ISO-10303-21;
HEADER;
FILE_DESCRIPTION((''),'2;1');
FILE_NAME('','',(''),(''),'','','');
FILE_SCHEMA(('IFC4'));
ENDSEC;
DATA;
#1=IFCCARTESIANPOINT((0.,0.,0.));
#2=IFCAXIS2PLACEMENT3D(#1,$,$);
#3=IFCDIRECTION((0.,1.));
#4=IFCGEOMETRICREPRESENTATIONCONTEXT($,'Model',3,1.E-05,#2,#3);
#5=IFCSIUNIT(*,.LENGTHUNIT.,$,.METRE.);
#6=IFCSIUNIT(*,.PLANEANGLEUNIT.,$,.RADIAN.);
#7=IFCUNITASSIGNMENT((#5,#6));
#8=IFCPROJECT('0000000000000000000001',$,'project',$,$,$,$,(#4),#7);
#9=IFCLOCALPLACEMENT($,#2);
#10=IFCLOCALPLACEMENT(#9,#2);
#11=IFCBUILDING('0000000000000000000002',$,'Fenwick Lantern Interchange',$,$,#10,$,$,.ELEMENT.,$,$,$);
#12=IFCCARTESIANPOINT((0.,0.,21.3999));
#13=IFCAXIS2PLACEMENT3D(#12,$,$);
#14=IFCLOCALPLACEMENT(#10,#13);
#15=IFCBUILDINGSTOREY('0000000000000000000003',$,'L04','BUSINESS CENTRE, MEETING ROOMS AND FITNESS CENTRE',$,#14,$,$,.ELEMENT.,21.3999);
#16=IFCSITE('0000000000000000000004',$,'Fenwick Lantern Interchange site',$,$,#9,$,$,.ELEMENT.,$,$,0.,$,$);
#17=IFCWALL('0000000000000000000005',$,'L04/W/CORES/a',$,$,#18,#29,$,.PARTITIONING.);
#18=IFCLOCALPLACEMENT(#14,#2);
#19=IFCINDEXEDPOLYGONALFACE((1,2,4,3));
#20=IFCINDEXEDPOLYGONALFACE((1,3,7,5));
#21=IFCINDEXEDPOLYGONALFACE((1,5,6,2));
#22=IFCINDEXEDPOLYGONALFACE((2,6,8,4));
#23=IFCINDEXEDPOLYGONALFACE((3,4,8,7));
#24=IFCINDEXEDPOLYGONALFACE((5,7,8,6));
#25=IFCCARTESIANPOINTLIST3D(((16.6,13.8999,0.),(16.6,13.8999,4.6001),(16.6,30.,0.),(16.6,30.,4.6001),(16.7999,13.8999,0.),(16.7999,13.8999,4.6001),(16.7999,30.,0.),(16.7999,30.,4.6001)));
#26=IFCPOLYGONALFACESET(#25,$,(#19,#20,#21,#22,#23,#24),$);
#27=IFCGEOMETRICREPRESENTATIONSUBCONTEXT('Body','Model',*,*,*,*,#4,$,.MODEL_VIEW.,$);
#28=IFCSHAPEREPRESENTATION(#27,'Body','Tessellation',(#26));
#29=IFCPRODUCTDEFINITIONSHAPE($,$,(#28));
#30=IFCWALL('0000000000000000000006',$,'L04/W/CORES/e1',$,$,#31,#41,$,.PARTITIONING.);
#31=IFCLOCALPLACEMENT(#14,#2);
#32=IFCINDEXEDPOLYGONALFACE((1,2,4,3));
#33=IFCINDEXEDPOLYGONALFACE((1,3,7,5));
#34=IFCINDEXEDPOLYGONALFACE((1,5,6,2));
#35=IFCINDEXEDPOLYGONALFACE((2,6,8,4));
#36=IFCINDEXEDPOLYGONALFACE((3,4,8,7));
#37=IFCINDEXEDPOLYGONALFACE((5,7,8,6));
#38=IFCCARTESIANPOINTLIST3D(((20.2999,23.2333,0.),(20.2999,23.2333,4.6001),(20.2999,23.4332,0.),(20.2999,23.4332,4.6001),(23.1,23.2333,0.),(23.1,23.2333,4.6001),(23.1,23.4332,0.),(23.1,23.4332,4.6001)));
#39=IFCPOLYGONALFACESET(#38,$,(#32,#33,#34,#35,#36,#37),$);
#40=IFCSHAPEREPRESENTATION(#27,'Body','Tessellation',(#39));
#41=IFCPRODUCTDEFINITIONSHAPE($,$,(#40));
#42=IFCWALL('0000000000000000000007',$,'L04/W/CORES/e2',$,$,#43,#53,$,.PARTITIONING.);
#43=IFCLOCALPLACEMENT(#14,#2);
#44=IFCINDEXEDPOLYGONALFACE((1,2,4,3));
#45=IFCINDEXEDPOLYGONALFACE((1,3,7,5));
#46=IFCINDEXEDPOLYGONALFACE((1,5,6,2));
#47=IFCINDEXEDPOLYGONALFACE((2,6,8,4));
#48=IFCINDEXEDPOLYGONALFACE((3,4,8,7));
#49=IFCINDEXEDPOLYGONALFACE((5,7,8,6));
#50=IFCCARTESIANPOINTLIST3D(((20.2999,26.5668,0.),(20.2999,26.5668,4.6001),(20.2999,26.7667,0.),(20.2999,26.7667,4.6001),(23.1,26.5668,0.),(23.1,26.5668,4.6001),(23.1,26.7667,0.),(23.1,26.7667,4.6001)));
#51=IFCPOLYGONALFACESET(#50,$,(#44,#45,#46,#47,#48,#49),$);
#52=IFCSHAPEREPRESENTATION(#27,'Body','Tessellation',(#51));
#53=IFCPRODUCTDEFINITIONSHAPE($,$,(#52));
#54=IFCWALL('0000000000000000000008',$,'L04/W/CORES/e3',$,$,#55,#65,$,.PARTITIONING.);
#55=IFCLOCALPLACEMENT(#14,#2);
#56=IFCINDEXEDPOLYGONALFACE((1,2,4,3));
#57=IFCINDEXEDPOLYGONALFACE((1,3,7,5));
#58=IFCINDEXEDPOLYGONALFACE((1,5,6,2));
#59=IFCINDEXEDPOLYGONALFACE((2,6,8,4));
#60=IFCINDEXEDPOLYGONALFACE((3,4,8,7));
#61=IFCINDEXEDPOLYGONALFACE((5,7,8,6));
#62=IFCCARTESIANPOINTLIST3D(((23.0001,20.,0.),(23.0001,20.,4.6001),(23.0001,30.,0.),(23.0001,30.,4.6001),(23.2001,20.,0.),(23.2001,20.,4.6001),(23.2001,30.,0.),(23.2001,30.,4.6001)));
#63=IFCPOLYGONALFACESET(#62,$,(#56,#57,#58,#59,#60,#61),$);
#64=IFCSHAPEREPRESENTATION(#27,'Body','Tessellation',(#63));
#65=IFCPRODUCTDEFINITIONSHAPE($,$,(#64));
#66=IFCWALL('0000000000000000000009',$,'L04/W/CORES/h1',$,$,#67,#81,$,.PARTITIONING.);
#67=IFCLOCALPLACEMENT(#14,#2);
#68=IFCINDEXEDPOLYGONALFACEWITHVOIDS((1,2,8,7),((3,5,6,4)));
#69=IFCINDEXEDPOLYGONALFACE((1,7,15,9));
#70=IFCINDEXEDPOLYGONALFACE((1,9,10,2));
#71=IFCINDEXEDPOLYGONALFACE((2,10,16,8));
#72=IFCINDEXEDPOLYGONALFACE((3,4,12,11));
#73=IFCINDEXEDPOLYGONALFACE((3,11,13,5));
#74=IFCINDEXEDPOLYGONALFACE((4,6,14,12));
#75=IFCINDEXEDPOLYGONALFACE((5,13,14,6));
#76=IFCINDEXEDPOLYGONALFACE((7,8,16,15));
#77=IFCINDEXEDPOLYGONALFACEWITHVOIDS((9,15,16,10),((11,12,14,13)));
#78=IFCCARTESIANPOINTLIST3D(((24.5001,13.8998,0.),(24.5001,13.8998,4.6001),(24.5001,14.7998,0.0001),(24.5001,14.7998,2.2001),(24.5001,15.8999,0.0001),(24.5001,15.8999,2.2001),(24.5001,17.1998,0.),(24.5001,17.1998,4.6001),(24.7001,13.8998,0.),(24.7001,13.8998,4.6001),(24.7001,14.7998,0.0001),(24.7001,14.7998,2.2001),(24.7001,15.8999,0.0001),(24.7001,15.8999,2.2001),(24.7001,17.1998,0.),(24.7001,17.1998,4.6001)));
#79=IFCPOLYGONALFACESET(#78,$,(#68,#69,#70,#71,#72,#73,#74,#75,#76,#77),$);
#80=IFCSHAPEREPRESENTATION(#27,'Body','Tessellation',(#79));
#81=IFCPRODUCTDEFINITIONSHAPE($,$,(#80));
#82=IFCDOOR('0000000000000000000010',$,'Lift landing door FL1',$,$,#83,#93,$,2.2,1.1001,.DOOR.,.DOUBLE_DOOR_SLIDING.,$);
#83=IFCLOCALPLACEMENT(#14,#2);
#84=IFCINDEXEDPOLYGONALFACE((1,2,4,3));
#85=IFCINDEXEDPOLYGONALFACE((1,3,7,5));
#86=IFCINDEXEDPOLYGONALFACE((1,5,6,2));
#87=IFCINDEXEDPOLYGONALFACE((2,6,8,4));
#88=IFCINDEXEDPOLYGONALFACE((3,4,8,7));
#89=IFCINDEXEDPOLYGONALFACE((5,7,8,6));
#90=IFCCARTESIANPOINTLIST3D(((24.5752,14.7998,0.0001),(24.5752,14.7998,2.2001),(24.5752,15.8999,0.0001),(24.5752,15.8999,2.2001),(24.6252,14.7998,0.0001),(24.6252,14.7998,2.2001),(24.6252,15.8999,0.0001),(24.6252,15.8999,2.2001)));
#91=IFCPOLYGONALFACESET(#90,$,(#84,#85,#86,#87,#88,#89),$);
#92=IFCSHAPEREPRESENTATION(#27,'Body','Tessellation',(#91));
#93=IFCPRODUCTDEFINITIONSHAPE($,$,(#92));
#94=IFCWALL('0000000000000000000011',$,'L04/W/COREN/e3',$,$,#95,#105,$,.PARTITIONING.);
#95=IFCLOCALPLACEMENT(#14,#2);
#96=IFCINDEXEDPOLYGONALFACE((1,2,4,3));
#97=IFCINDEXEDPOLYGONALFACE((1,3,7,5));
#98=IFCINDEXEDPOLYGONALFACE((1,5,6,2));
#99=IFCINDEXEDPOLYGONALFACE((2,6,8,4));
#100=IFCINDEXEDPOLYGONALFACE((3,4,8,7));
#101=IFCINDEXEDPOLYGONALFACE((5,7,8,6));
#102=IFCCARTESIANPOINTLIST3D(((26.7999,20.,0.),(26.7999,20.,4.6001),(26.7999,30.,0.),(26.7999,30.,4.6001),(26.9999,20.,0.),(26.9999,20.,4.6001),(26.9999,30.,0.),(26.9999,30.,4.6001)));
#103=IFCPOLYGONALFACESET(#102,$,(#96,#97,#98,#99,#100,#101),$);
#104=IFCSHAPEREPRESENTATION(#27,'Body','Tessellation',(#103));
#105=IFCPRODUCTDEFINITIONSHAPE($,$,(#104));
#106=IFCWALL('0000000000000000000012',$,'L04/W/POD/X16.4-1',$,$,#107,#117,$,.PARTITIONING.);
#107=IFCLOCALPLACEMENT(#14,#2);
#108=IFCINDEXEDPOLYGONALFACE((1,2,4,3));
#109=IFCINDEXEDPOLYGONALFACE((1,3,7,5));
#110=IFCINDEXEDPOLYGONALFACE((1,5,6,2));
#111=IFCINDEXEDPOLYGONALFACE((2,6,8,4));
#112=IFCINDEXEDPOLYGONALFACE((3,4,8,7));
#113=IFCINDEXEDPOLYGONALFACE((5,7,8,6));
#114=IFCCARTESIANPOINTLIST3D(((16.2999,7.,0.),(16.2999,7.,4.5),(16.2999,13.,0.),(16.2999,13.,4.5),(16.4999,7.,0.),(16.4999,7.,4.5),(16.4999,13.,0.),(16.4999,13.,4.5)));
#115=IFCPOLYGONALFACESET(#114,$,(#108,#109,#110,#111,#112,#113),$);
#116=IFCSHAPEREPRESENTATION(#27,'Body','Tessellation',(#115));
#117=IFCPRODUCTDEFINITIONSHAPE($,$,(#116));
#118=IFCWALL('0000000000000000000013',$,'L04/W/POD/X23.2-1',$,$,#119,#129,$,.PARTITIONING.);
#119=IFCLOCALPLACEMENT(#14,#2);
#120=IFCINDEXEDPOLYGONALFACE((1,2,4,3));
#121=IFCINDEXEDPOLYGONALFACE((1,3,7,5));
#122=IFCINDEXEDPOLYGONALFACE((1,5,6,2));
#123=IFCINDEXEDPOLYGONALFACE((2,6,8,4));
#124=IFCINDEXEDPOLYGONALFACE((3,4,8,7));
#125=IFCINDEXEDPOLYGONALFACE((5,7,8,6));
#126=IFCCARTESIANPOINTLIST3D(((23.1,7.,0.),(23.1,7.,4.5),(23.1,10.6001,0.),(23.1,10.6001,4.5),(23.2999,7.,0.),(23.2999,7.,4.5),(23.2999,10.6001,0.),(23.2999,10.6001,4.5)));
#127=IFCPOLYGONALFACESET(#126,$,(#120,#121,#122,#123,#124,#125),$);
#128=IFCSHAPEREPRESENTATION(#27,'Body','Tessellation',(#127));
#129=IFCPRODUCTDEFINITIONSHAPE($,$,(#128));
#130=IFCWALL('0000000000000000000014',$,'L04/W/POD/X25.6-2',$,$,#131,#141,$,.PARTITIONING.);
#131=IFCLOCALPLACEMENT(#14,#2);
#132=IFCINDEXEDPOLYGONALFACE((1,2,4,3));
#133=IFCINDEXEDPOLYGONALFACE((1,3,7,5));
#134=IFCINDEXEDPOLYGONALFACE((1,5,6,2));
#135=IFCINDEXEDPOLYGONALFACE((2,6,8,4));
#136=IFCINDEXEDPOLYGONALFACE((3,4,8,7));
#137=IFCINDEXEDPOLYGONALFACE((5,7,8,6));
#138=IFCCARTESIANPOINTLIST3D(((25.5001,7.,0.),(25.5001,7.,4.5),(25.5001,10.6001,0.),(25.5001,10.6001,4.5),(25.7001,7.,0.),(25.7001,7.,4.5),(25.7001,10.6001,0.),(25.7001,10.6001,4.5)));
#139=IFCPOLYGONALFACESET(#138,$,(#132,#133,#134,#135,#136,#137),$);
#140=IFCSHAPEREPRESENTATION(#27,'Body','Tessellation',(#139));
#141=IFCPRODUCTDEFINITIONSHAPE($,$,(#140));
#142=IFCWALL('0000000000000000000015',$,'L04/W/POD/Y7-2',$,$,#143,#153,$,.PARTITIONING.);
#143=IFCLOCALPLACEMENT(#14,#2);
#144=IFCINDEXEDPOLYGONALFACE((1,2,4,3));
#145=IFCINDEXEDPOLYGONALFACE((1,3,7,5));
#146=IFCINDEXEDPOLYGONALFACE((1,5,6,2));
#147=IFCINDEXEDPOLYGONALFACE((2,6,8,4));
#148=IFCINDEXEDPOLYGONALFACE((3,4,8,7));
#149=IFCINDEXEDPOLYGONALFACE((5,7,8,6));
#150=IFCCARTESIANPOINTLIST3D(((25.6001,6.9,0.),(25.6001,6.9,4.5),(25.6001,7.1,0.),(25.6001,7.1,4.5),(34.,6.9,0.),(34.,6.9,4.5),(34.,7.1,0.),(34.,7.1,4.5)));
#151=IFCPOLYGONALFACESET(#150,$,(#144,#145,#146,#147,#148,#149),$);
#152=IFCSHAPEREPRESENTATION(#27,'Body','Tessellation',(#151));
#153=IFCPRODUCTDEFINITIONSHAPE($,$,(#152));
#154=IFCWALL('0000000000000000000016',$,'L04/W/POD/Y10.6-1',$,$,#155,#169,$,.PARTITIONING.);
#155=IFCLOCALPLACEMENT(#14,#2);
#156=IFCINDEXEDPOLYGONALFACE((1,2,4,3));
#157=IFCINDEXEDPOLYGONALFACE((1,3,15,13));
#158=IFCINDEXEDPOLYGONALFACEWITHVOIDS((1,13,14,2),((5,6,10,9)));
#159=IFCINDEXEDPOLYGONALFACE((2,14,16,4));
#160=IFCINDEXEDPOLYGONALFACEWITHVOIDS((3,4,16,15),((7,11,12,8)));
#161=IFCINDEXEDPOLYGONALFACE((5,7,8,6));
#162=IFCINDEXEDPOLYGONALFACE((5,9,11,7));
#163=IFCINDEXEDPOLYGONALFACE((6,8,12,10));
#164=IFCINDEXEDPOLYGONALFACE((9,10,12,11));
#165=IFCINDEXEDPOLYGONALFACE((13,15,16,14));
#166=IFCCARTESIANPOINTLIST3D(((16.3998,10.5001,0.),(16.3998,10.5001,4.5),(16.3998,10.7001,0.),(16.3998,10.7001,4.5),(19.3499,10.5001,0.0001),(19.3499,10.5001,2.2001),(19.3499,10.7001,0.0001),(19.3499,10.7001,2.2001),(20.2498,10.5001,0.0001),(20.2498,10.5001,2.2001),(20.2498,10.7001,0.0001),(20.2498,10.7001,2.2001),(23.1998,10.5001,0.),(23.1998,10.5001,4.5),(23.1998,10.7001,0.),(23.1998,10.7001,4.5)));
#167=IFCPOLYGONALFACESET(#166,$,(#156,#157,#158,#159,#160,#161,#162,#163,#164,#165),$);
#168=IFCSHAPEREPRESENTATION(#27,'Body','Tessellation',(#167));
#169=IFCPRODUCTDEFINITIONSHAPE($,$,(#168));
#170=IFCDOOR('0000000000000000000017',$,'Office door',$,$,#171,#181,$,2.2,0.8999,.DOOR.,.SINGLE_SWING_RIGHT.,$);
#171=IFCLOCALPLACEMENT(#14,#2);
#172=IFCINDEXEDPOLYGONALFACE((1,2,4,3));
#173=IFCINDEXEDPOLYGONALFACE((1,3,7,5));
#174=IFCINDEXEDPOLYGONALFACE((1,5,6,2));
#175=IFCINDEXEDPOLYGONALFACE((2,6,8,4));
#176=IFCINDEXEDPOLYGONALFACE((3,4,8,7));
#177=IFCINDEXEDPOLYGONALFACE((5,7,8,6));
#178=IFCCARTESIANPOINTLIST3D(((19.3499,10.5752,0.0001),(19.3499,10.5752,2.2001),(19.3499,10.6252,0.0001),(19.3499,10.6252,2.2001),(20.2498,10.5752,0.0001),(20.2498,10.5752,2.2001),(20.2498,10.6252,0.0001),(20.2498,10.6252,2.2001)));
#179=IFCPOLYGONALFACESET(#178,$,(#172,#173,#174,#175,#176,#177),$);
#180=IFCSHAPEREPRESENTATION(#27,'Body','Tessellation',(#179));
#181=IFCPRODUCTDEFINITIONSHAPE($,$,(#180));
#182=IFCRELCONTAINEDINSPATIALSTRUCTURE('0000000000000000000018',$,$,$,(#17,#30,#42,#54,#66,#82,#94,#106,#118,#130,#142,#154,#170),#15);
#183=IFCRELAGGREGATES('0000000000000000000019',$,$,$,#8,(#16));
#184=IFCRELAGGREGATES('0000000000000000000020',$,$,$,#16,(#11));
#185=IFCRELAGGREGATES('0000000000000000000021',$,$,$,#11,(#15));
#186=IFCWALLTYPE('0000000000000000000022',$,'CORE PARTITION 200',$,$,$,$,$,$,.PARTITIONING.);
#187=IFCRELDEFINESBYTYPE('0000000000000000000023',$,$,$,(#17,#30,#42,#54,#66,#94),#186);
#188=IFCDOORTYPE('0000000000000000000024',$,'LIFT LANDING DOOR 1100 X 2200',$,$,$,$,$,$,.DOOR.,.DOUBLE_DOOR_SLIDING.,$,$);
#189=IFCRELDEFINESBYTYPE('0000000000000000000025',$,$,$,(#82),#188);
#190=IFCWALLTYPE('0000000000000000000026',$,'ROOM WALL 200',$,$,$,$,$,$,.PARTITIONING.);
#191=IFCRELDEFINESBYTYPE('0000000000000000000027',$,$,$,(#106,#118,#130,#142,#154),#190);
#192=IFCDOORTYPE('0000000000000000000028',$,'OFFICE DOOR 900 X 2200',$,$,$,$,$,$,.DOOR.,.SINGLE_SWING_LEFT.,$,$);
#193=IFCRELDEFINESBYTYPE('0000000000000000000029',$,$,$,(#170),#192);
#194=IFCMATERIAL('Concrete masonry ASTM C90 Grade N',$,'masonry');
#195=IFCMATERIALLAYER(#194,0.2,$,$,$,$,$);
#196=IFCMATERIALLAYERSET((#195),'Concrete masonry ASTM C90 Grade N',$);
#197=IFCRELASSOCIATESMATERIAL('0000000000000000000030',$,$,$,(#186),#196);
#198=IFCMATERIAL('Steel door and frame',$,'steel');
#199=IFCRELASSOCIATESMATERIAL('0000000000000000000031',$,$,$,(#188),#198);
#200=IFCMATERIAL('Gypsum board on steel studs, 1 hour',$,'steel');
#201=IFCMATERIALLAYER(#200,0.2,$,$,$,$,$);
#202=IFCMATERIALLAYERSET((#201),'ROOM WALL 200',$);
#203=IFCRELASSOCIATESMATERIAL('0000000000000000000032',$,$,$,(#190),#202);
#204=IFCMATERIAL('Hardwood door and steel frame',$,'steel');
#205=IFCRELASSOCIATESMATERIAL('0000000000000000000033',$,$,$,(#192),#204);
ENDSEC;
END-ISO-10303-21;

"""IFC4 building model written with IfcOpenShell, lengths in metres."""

from ifc_helpers import new_model, si_unit, direction, frame, frame_2d, origin, place, context, subcontext, project, spatial, rectangle, extrude, material, layer, layer_set, type_object, element, fill, save


model = new_model("IFC4")

# Units and contexts
model_context = context("Model", 3, precision=1e-05, world=origin(), true_north=direction((0.0, 1.0)))
body_context = subcontext(model_context, "Body", "Model", "MODEL_VIEW")
ifc_project = project(units=[si_unit("LENGTHUNIT", "METRE"), si_unit("PLANEANGLEUNIT", "RADIAN")], contexts=[model_context])

# Site, building, storey
site_placement = place(None, origin())
site = spatial("IfcSite", under=ifc_project, at=site_placement, Name="Fenwick Lantern Interchange site", CompositionType="ELEMENT", RefElevation=0.0)
building_placement = place(site_placement, origin())
building = spatial("IfcBuilding", under=site, at=building_placement, Name="Fenwick Lantern Interchange", CompositionType="ELEMENT")
storey_placement = place(building_placement, frame((0.0, 0.0, 21.3999)))
storey = spatial("IfcBuildingStorey", under=building, at=storey_placement, Name="L04", Description="BUSINESS CENTRE, MEETING ROOMS AND FITNESS CENTRE", CompositionType="ELEMENT", Elevation=21.3999)

# Walls
ifc_material_1 = material(Name="Concrete masonry ASTM C90 Grade N", Category="masonry")
ifc_layer_1 = layer(ifc_material_1, 0.2)
ifc_layer_set_1 = layer_set([ifc_layer_1], Name="Concrete masonry ASTM C90 Grade N")
wall_type_1 = type_object("IfcWallType", Name="CORE PARTITION 200", PredefinedType="PARTITIONING", material=ifc_layer_set_1)
wall_1_placement = place(storey_placement, frame((16.7, 13.8999, 0.0), z_axis=(0.0, 0.0, 1.0), x_axis=(0.0, 1.0, 0.0)))
element("IfcWall", 1, at=wall_1_placement, inside=storey, type_object=wall_type_1, Name="L04/W/CORES/a", PredefinedType="PARTITIONING", context=body_context, shape_type="SweptSolid", body=[
    extrude(rectangle(XDim=16.1001, YDim=0.2, at=frame_2d((8.05, 0.0))), origin(), (0.0, 0.0, 1.0), 4.6001),
])
for number, where, z_axis, x_axis, name in (
    (2, (20.3, 23.3333, 0.0), (0.0, 0.0, 1.0), (1.0, 0.0, 0.0), "L04/W/CORES/e1"),
    (3, (20.3, 26.6667, 0.0), (0.0, 0.0, 1.0), (1.0, 0.0, 0.0), "L04/W/CORES/e2"),
):
    element("IfcWall", number, at=place(storey_placement, frame(where, z_axis=z_axis, x_axis=x_axis)), inside=storey, type_object=wall_type_1, Name=name, PredefinedType="PARTITIONING", context=body_context, shape_type="SweptSolid", body=[
        extrude(rectangle(XDim=2.8, YDim=0.2, at=frame_2d((1.3999, 0.0))), origin(), (0.0, 0.0, 1.0), 4.6001),
    ])
wall_2_placement = place(storey_placement, frame((23.1001, 20.0, 0.0), z_axis=(0.0, 0.0, 1.0), x_axis=(0.0, 1.0, 0.0)))
element("IfcWall", 4, at=wall_2_placement, inside=storey, type_object=wall_type_1, Name="L04/W/CORES/e3", PredefinedType="PARTITIONING", context=body_context, shape_type="SweptSolid", body=[
    extrude(rectangle(XDim=10.0, YDim=0.2, at=frame_2d((5.0, 0.0))), origin(), (0.0, 0.0, 1.0), 4.6001),
])

# Wall, opening, door
wall_3_placement = place(storey_placement, frame((24.6001, 13.8999, 0.0), z_axis=(0.0, 0.0, 1.0), x_axis=(0.0, 1.0, 0.0)))
wall_3 = element("IfcWall", 5, at=wall_3_placement, inside=storey, type_object=wall_type_1, Name="L04/W/CORES/h1", PredefinedType="PARTITIONING", context=body_context, shape_type="SweptSolid", body=[
    extrude(rectangle(XDim=3.3, YDim=0.2, at=frame_2d((1.6499, 0.0))), origin(), (0.0, 0.0, 1.0), 4.6001),
])
opening_1_placement = place(wall_3_placement, frame((0.8999, 0.0, 0.0)))
opening_1 = element("IfcOpeningElement", 6, at=opening_1_placement, cuts=wall_3, PredefinedType="OPENING", context=body_context, shape_type="SweptSolid", body=[
    extrude(rectangle(XDim=1.1001, YDim=2.2, at=frame_2d((0.55, 1.1001))), frame((0.0, 0.1099, 0.0), z_axis=(0.0, -1.0, 0.0), x_axis=(1.0, 0.0, 0.0)), (0.0, 0.0, 1.0), 0.22),
])
ifc_material_2 = material(Name="Steel door and frame", Category="steel")
door_type_1 = type_object("IfcDoorType", Name="LIFT LANDING DOOR 1100 X 2200", OperationType="DOUBLE_DOOR_SLIDING", PredefinedType="DOOR", material=ifc_material_2)
door_1_placement = place(opening_1_placement, origin())
door_1 = element("IfcDoor", 7, at=door_1_placement, inside=storey, type_object=door_type_1, Name="Lift landing door FL1", OperationType="DOUBLE_DOOR_SLIDING", OverallHeight=2.2, OverallWidth=1.1001, PredefinedType="DOOR", context=body_context, shape_type="SweptSolid", body=[
    extrude(rectangle(XDim=1.1001, YDim=2.2, at=frame_2d((0.55, 1.1001))), frame((0.0, 0.0249, 0.0), z_axis=(0.0, -1.0, 0.0), x_axis=(1.0, 0.0, 0.0)), (0.0, 0.0, 1.0), 0.05),
])
fill(opening_1, door_1)

# Walls
wall_4_placement = place(storey_placement, frame((26.8999, 30.0, 0.0), z_axis=(0.0, 0.0, 1.0), x_axis=(0.0, -1.0, 0.0)))
element("IfcWall", 8, at=wall_4_placement, inside=storey, type_object=wall_type_1, Name="L04/W/COREN/e3", PredefinedType="PARTITIONING", context=body_context, shape_type="SweptSolid", body=[
    extrude(rectangle(XDim=10.0, YDim=0.2, at=frame_2d((5.0, 0.0))), origin(), (0.0, 0.0, 1.0), 4.6001),
])
ifc_material_3 = material(Name="Gypsum board on steel studs, 1 hour", Category="steel")
ifc_layer_2 = layer(ifc_material_3, 0.2)
ifc_layer_set_2 = layer_set([ifc_layer_2], Name="ROOM WALL 200")
wall_type_2 = type_object("IfcWallType", Name="ROOM WALL 200", PredefinedType="PARTITIONING", material=ifc_layer_set_2)
wall_5_placement = place(storey_placement, frame((16.3999, 7.0, 0.0), z_axis=(0.0, 0.0, 1.0), x_axis=(0.0, 1.0, 0.0)))
element("IfcWall", 9, at=wall_5_placement, inside=storey, type_object=wall_type_2, Name="L04/W/POD/X16.4-1", PredefinedType="PARTITIONING", context=body_context, shape_type="SweptSolid", body=[
    extrude(rectangle(XDim=6.0, YDim=0.2, at=frame_2d((3.0, 0.0))), origin(), (0.0, 0.0, 1.0), 4.5),
])
for number, where, z_axis, x_axis, name in (
    (10, (23.2, 7.0, 0.0), (0.0, 0.0, 1.0), (0.0, 1.0, 0.0), "L04/W/POD/X23.2-1"),
    (11, (25.6001, 7.0, 0.0), (0.0, 0.0, 1.0), (0.0, 1.0, 0.0), "L04/W/POD/X25.6-2"),
):
    element("IfcWall", number, at=place(storey_placement, frame(where, z_axis=z_axis, x_axis=x_axis)), inside=storey, type_object=wall_type_2, Name=name, PredefinedType="PARTITIONING", context=body_context, shape_type="SweptSolid", body=[
        extrude(rectangle(XDim=3.6001, YDim=0.2, at=frame_2d((1.8, 0.0))), origin(), (0.0, 0.0, 1.0), 4.5),
    ])
wall_6_placement = place(storey_placement, frame((25.6001, 7.0, 0.0), z_axis=(0.0, 0.0, 1.0), x_axis=(1.0, 0.0, 0.0)))
element("IfcWall", 12, at=wall_6_placement, inside=storey, type_object=wall_type_2, Name="L04/W/POD/Y7-2", PredefinedType="PARTITIONING", context=body_context, shape_type="SweptSolid", body=[
    extrude(rectangle(XDim=8.3999, YDim=0.2, at=frame_2d((4.2, 0.0))), origin(), (0.0, 0.0, 1.0), 4.5),
])

# Wall, opening, door
wall_7_placement = place(storey_placement, frame((16.3999, 10.6001, 0.0), z_axis=(0.0, 0.0, 1.0), x_axis=(1.0, 0.0, 0.0)))
wall_7 = element("IfcWall", 13, at=wall_7_placement, inside=storey, type_object=wall_type_2, Name="L04/W/POD/Y10.6-1", PredefinedType="PARTITIONING", context=body_context, shape_type="SweptSolid", body=[
    extrude(rectangle(XDim=6.8, YDim=0.2, at=frame_2d((3.3999, 0.0))), origin(), (0.0, 0.0, 1.0), 4.5),
])
opening_2_placement = place(wall_7_placement, frame((2.95, 0.0, 0.0)))
opening_2 = element("IfcOpeningElement", 14, at=opening_2_placement, cuts=wall_7, PredefinedType="OPENING", context=body_context, shape_type="SweptSolid", body=[
    extrude(rectangle(XDim=0.8999, YDim=2.2, at=frame_2d((0.45, 1.1001))), frame((0.0, 0.1099, 0.0), z_axis=(0.0, -1.0, 0.0), x_axis=(1.0, 0.0, 0.0)), (0.0, 0.0, 1.0), 0.22),
])
ifc_material_4 = material(Name="Hardwood door and steel frame", Category="steel")
door_type_2 = type_object("IfcDoorType", Name="OFFICE DOOR 900 X 2200", OperationType="SINGLE_SWING_LEFT", PredefinedType="DOOR", material=ifc_material_4)
door_2_placement = place(opening_2_placement, frame((0.8999, 0.0, 0.0), z_axis=(0.0, 0.0, 1.0), x_axis=(-1.0, 0.0, 0.0)))
door_2 = element("IfcDoor", 15, at=door_2_placement, inside=storey, type_object=door_type_2, Name="Office door", OperationType="SINGLE_SWING_RIGHT", OverallHeight=2.2, OverallWidth=0.8999, PredefinedType="DOOR", context=body_context, shape_type="SweptSolid", body=[
    extrude(rectangle(XDim=0.8999, YDim=2.2, at=frame_2d((0.45, 1.1001))), frame((0.0, 0.0249, 0.0), z_axis=(0.0, -1.0, 0.0), x_axis=(1.0, 0.0, 0.0)), (0.0, 0.0, 1.0), 0.05),
])
fill(opening_2, door_2)

save(model, "model.ifc")
